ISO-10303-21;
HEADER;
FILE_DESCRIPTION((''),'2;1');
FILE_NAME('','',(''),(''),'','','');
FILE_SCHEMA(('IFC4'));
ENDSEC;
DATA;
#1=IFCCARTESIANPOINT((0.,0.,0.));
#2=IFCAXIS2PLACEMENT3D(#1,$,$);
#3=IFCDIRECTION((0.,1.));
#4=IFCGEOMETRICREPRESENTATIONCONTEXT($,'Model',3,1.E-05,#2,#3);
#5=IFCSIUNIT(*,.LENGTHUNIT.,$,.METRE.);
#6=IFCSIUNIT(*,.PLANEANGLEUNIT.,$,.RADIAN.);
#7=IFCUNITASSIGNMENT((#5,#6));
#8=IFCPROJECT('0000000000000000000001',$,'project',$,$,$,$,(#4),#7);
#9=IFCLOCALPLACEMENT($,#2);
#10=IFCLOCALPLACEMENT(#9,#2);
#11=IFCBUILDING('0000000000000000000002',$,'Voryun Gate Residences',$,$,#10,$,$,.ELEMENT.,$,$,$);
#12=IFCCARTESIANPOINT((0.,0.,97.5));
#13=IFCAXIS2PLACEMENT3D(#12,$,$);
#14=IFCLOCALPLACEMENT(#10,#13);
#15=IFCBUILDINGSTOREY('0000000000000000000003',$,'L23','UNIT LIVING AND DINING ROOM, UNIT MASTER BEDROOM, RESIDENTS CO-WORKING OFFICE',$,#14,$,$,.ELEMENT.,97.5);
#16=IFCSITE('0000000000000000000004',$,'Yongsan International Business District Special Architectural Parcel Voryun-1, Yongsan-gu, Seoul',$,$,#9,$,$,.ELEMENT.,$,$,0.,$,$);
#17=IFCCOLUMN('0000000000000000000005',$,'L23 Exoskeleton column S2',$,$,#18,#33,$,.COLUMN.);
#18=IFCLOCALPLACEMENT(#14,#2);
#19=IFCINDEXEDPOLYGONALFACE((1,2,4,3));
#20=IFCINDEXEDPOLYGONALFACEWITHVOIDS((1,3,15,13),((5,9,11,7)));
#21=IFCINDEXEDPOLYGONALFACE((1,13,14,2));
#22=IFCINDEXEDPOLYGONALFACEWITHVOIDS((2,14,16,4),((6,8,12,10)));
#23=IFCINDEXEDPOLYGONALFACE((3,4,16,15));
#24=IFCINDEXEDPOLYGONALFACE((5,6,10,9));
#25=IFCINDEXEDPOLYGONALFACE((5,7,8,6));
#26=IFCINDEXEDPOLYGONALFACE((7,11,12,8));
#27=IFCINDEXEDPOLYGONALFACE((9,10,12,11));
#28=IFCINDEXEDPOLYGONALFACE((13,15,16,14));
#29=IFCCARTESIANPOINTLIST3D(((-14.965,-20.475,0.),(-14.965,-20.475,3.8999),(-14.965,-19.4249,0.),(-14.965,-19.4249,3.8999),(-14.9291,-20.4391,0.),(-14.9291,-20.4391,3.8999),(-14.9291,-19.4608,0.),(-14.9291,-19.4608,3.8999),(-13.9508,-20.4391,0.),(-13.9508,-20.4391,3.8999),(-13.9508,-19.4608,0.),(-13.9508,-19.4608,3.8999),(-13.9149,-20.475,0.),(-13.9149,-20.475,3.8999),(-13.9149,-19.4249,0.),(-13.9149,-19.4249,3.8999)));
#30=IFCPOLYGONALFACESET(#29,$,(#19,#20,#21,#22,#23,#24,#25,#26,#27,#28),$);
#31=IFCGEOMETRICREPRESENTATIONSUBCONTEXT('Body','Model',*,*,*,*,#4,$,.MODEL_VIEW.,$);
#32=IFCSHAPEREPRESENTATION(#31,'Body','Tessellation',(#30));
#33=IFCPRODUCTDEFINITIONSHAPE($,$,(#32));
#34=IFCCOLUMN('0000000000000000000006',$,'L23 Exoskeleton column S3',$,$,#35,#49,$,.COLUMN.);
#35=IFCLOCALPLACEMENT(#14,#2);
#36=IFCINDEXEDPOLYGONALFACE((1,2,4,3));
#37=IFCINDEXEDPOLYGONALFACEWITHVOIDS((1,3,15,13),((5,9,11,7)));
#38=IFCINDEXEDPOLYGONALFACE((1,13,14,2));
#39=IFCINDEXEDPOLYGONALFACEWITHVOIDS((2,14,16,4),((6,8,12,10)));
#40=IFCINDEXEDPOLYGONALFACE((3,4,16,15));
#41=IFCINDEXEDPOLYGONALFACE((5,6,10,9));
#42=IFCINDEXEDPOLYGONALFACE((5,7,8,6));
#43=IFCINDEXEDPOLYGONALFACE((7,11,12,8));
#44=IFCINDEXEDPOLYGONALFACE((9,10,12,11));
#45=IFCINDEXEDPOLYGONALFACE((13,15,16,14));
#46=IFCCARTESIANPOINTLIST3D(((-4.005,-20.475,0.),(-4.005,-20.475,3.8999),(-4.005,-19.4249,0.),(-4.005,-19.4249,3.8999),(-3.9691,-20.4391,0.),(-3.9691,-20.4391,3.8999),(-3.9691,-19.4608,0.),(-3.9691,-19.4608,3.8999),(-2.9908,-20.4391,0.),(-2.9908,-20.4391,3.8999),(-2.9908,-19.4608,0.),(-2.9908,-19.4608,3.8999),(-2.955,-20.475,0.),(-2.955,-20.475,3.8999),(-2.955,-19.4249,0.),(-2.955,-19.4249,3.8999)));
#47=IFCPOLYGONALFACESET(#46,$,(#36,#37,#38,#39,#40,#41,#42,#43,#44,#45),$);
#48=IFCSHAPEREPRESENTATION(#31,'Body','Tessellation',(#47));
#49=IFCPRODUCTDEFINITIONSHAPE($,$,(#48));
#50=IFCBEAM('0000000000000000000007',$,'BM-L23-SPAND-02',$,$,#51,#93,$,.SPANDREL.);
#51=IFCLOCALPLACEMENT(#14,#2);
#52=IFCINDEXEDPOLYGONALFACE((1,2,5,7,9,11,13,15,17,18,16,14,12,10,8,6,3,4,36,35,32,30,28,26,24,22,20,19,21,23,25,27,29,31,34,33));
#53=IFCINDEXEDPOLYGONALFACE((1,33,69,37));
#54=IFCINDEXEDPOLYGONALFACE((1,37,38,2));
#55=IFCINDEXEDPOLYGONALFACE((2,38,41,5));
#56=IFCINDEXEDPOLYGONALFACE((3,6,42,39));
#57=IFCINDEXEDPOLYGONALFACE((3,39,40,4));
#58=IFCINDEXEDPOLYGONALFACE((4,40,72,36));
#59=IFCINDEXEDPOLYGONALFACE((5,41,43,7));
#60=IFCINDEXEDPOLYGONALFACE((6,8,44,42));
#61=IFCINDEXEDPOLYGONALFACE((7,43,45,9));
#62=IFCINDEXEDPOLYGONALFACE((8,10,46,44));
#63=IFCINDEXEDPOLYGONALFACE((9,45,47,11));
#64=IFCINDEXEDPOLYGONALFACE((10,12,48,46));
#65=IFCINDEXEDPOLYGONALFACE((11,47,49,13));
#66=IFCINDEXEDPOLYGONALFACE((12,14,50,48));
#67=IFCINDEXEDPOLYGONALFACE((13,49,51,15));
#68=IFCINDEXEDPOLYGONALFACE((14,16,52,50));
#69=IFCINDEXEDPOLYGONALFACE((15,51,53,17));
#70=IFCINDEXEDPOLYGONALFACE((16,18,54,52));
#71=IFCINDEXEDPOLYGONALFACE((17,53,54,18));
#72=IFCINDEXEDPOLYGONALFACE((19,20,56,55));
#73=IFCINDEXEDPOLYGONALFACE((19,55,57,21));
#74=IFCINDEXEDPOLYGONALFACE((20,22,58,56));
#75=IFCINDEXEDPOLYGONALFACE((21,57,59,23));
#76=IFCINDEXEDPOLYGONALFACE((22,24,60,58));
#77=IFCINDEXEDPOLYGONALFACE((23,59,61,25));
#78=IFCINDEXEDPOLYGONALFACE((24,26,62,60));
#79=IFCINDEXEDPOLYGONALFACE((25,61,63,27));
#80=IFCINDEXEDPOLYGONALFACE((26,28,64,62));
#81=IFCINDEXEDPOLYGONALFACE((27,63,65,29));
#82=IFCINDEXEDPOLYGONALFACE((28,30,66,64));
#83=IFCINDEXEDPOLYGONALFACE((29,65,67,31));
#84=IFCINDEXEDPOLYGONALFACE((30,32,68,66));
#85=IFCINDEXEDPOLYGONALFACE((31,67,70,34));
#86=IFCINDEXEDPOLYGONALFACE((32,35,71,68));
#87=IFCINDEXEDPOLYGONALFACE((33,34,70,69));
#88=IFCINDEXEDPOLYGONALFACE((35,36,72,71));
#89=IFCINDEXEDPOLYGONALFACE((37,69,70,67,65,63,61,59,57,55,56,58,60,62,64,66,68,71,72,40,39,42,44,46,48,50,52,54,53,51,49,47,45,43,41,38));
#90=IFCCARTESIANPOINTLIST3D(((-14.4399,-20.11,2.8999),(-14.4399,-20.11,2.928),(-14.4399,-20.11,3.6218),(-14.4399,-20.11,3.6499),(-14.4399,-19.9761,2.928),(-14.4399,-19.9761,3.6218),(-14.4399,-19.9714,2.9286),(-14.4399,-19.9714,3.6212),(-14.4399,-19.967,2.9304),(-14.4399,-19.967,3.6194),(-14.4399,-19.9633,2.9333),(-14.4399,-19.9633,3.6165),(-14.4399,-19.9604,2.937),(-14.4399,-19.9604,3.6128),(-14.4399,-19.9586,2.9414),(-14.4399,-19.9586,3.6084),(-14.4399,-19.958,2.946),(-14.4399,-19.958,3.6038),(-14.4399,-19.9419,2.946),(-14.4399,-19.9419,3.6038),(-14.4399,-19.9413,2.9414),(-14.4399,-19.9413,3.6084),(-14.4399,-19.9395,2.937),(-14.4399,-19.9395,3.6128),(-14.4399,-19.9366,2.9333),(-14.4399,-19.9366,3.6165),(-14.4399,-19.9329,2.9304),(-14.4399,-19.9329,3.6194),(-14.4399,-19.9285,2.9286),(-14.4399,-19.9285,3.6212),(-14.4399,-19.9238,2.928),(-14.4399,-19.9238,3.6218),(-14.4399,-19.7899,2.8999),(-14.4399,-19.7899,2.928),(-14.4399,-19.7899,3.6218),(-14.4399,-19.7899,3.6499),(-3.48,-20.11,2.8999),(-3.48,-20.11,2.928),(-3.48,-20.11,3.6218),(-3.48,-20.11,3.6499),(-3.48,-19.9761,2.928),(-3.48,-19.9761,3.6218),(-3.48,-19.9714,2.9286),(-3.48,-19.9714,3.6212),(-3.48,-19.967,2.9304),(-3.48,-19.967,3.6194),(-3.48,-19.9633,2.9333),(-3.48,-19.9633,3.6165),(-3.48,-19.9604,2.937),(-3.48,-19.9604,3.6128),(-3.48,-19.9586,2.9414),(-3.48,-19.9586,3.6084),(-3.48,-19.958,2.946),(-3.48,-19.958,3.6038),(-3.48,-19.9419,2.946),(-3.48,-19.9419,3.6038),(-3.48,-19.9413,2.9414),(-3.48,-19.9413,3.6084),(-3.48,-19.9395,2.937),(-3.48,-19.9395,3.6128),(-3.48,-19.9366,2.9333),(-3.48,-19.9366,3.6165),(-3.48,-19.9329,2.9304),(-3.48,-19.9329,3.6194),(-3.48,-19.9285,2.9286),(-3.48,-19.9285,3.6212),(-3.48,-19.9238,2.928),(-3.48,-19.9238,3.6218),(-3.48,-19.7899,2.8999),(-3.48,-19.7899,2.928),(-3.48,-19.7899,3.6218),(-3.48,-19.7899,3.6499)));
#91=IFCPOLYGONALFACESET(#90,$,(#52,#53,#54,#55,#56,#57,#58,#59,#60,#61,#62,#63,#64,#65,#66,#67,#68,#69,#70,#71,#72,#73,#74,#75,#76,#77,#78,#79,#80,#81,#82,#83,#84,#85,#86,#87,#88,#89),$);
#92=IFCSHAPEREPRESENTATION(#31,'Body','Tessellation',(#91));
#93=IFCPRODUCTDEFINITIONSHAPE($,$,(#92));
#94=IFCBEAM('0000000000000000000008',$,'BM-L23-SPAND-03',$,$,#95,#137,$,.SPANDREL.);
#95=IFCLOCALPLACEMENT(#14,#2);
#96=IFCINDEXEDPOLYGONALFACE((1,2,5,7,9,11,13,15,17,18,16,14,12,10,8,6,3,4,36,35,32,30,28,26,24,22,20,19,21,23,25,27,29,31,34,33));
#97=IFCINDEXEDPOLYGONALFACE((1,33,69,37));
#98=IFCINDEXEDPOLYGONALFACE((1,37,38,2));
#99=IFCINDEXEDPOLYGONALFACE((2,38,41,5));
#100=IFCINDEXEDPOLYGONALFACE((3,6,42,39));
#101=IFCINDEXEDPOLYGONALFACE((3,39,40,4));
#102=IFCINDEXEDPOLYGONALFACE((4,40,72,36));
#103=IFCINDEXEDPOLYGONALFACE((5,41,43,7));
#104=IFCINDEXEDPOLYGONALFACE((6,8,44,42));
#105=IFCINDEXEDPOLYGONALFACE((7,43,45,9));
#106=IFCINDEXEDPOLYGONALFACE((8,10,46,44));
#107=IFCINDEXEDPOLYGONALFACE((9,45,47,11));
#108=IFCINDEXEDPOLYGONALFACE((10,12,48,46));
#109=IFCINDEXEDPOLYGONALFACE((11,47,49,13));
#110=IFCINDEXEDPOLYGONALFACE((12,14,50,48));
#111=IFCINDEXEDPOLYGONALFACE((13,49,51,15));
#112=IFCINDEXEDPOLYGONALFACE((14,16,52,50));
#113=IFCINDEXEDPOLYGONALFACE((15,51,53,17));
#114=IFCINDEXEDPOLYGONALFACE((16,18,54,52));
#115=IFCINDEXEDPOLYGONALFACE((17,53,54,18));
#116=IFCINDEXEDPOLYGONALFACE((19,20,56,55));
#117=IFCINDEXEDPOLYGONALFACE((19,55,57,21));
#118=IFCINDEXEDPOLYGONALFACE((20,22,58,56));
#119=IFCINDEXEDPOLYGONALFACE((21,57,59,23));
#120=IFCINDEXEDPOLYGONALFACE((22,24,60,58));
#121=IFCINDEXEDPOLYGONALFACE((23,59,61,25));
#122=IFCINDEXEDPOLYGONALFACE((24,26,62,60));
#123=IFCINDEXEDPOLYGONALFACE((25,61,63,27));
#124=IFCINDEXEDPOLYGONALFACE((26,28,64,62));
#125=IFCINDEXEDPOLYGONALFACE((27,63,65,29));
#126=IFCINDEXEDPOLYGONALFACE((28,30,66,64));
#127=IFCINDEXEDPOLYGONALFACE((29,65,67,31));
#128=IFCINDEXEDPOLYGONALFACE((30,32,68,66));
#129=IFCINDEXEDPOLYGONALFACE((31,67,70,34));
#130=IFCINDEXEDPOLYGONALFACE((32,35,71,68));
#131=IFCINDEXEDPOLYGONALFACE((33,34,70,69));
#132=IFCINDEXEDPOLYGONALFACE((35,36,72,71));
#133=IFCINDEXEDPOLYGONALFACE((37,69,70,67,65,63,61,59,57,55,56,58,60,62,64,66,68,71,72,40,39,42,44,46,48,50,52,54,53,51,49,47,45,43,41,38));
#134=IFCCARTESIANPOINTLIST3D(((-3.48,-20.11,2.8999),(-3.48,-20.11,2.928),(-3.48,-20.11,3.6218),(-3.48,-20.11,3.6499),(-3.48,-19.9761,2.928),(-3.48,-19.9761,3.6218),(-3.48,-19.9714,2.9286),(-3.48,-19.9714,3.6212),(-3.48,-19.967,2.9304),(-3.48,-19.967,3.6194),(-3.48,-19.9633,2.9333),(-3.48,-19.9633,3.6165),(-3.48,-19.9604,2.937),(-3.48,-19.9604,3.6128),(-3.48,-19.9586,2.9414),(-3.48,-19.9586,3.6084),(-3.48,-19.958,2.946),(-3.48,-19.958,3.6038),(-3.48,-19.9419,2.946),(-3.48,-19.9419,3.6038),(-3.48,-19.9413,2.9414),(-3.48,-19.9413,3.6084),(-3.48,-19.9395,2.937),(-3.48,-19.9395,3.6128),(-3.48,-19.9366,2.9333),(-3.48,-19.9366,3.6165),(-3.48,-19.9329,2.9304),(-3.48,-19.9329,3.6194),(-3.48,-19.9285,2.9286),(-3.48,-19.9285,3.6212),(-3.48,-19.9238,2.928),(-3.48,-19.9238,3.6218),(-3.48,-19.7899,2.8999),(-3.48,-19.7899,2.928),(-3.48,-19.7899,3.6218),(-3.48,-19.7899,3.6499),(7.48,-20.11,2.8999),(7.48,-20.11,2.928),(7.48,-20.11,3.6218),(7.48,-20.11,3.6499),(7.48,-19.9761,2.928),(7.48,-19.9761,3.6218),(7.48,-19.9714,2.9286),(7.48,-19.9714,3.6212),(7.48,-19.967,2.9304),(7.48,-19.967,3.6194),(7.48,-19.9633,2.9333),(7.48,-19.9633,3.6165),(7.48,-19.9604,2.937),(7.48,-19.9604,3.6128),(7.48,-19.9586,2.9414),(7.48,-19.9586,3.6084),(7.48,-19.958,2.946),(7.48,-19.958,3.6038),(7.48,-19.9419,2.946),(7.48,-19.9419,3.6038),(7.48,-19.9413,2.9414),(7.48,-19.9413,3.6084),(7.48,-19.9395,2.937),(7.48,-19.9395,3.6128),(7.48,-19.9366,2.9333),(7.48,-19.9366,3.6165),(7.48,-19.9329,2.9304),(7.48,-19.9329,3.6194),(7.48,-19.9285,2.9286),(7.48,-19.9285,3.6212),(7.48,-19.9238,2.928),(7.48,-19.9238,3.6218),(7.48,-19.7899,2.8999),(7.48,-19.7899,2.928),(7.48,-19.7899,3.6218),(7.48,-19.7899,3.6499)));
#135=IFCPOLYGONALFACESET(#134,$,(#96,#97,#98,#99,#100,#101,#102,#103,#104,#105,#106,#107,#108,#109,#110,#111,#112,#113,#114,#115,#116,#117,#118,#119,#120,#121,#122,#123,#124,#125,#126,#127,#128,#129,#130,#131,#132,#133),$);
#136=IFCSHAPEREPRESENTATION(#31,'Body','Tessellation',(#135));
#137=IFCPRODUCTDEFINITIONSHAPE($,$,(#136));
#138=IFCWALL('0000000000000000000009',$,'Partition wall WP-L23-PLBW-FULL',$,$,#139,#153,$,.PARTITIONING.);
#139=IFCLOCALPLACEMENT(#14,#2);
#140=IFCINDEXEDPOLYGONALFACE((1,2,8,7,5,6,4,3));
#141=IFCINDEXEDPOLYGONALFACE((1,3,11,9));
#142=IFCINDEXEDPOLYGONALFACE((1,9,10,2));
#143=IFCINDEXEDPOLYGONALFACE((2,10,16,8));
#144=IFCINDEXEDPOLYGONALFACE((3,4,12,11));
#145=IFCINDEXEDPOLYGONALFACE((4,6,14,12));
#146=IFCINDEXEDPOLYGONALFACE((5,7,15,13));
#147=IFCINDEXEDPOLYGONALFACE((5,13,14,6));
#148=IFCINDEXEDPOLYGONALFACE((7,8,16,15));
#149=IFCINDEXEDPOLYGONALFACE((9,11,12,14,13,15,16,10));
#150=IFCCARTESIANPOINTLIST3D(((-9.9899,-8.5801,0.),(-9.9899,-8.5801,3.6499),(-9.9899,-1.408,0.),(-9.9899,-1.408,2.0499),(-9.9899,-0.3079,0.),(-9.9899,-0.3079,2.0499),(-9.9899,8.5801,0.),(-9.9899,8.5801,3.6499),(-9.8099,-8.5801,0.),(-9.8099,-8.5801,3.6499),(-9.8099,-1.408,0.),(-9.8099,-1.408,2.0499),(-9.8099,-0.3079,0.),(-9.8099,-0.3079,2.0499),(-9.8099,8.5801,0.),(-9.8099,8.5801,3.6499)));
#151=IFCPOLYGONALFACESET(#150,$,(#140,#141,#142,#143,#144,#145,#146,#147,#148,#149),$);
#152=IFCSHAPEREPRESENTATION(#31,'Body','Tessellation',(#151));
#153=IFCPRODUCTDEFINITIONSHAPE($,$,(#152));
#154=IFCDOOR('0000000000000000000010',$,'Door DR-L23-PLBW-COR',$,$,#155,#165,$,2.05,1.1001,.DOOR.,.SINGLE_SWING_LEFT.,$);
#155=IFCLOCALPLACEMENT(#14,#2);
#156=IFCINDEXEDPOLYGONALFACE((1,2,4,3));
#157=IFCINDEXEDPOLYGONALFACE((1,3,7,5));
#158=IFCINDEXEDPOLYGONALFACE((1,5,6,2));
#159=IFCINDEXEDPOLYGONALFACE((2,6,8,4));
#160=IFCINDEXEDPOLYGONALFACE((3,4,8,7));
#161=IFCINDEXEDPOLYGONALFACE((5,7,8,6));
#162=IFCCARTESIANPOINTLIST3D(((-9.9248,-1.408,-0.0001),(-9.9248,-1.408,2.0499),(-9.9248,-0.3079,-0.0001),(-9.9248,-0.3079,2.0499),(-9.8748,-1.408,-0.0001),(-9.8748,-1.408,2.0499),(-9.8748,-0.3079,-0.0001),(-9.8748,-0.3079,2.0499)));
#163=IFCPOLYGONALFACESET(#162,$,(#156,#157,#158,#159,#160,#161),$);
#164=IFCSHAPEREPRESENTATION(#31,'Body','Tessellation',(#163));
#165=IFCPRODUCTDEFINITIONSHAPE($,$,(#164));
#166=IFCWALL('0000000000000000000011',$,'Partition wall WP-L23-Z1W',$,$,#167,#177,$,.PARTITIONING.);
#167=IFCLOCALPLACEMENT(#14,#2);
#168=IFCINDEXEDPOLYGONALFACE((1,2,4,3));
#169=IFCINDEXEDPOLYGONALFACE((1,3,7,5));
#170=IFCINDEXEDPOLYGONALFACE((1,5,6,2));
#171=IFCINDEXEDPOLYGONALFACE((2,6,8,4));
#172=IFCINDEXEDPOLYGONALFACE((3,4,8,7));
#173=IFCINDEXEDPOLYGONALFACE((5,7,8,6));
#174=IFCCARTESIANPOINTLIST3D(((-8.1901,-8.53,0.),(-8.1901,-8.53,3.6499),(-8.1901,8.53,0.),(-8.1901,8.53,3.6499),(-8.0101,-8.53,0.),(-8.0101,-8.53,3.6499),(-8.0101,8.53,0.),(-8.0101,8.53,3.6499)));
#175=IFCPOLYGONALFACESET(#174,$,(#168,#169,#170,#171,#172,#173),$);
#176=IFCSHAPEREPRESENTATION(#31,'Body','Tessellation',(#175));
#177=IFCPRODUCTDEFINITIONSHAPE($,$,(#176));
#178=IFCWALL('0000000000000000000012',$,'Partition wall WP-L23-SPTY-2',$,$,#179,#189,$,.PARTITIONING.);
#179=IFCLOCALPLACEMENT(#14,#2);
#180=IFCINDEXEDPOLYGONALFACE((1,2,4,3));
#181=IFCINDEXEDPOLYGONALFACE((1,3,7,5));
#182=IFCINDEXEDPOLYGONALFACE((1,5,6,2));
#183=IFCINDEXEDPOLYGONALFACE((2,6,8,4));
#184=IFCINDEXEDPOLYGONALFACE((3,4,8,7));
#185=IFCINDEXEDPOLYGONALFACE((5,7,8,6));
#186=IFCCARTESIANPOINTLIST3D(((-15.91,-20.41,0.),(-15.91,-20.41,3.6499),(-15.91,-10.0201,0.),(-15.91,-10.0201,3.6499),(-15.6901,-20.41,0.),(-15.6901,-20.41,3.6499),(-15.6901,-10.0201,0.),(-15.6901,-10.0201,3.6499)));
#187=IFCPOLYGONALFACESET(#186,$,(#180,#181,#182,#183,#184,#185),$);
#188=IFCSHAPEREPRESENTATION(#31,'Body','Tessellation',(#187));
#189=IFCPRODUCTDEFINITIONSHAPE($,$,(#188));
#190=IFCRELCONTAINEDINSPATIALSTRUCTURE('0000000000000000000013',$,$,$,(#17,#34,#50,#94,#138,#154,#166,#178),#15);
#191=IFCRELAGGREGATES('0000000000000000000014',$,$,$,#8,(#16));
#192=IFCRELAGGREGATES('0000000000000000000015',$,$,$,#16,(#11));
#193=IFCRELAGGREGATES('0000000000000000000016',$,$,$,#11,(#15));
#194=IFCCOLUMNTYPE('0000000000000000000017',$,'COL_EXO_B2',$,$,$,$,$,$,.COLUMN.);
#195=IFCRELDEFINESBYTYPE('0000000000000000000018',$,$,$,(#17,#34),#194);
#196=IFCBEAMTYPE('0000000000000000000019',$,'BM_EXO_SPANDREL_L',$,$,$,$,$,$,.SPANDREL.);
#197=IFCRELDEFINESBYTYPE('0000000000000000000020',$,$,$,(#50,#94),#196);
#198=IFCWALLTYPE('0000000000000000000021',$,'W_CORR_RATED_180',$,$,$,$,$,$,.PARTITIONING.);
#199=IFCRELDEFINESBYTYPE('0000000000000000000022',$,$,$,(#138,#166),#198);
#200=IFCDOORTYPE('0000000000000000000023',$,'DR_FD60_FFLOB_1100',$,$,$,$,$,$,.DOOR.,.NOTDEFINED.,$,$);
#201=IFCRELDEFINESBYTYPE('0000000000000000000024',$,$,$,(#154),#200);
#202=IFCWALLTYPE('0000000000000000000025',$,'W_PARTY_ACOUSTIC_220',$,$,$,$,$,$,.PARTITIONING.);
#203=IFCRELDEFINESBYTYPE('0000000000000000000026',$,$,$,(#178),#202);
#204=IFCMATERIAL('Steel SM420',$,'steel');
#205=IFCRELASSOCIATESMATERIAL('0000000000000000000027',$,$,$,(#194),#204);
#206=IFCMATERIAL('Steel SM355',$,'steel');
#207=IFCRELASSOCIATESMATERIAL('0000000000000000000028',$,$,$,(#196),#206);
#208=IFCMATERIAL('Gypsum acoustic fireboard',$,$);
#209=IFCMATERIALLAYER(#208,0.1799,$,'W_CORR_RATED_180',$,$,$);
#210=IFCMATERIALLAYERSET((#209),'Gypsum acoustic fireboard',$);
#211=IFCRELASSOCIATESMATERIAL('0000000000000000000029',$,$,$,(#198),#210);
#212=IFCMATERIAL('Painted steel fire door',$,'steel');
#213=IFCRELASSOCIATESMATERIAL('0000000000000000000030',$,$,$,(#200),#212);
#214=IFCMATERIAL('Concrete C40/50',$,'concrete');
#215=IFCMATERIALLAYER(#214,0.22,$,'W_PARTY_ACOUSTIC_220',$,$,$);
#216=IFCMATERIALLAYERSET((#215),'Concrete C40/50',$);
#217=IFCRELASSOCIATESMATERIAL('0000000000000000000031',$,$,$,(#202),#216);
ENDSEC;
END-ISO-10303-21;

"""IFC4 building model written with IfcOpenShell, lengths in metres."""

from ifc_helpers import new_model, si_unit, direction, frame, frame_2d, origin, origin_2d, place, context, subcontext, project, spatial, rectangle, hollow_rectangle, i_section, extrude, material, layer, layer_set, material_profile, profile_set, type_object, element, fill, save


model = new_model("IFC4")

# Units and contexts
model_context = context("Model", 3, precision=1e-05, world=origin(), true_north=direction((0.0, 1.0)))
body_context = subcontext(model_context, "Body", "Model", "MODEL_VIEW")
ifc_project = project(units=[si_unit("LENGTHUNIT", "METRE"), si_unit("PLANEANGLEUNIT", "RADIAN")], contexts=[model_context])

# Site, building, storey
site_placement = place(None, origin())
site = spatial("IfcSite", under=ifc_project, at=site_placement, Name="Yongsan International Business District Special Architectural Parcel Voryun-1, Yongsan-gu, Seoul", CompositionType="ELEMENT", RefElevation=0.0)
building_placement = place(site_placement, origin())
building = spatial("IfcBuilding", under=site, at=building_placement, Name="Voryun Gate Residences", CompositionType="ELEMENT")
storey_placement = place(building_placement, frame((0.0, 0.0, 97.5)))
storey = spatial("IfcBuildingStorey", under=building, at=storey_placement, Name="L23", Description="UNIT LIVING AND DINING ROOM, UNIT MASTER BEDROOM, RESIDENTS CO-WORKING OFFICE", CompositionType="ELEMENT", Elevation=97.5)

# Columns
ifc_material_1 = material(Name="Steel SM420", Category="steel")
ifc_material_profile_1 = material_profile(ifc_material_1, hollow_rectangle(XDim=1.05, YDim=1.05, WallThickness=0.0359, at=origin_2d()), Name="BOX-1050x1050x36")
ifc_profile_set_1 = profile_set([ifc_material_profile_1], Name="Steel SM420")
column_type = type_object("IfcColumnType", Name="COL_EXO_B2", PredefinedType="COLUMN", material=ifc_profile_set_1)
for number, where, z_axis, x_axis, name in (
    (1, (-14.4399, -19.95, 0.0), (0.0, 0.0, 1.0), (1.0, 0.0, 0.0), "L23 Exoskeleton column S2"),
    (2, (-3.48, -19.95, 0.0), (0.0, 0.0, 1.0), (1.0, 0.0, 0.0), "L23 Exoskeleton column S3"),
):
    element("IfcColumn", number, at=place(storey_placement, frame(where, z_axis=z_axis, x_axis=x_axis)), inside=storey, type_object=column_type, Name=name, PredefinedType="COLUMN", context=body_context, shape_type="SweptSolid", body=[
        extrude(hollow_rectangle(XDim=1.05, YDim=1.05, WallThickness=0.0359, at=origin_2d()), origin(), (0.0, 0.0, 1.0), 3.8999),
    ])

# Beams
ifc_material_2 = material(Name="Steel SM355", Category="steel")
ifc_material_profile_2 = material_profile(ifc_material_2, i_section(OverallWidth=0.3201, OverallDepth=0.75, WebThickness=0.0161, FlangeThickness=0.0281, FilletRadius=0.0181, at=origin_2d()), Name="H-750x320x16x28")
ifc_profile_set_2 = profile_set([ifc_material_profile_2], Name="Steel SM355")
beam_type = type_object("IfcBeamType", Name="BM_EXO_SPANDREL_L", PredefinedType="SPANDREL", material=ifc_profile_set_2)
for number, where, z_axis, x_axis, name in (
    (3, (-14.4399, -19.95, 3.2749), (1.0, 0.0, 0.0), (0.0, 1.0, 0.0), "BM-L23-SPAND-02"),
    (4, (-3.48, -19.95, 3.2749), (1.0, 0.0, 0.0), (0.0, 1.0, 0.0), "BM-L23-SPAND-03"),
):
    element("IfcBeam", number, at=place(storey_placement, frame(where, z_axis=z_axis, x_axis=x_axis)), inside=storey, type_object=beam_type, Name=name, PredefinedType="SPANDREL", context=body_context, shape_type="SweptSolid", body=[
        extrude(i_section(OverallWidth=0.3201, OverallDepth=0.75, WebThickness=0.0161, FlangeThickness=0.0281, FilletRadius=0.0181, at=origin_2d()), origin(), (0.0, 0.0, 1.0), 10.96),
    ])

# Wall, opening, door
ifc_material_3 = material(Name="Gypsum acoustic fireboard")
ifc_layer_1 = layer(ifc_material_3, 0.1799, Name="W_CORR_RATED_180")
ifc_layer_set_1 = layer_set([ifc_layer_1], Name="Gypsum acoustic fireboard")
wall_type_1 = type_object("IfcWallType", Name="W_CORR_RATED_180", PredefinedType="PARTITIONING", material=ifc_layer_set_1)
wall_1_placement = place(storey_placement, frame((-9.8999, -8.5801, 0.0), z_axis=(0.0, 0.0, 1.0), x_axis=(0.0, 1.0, 0.0)))
wall_1 = element("IfcWall", 5, at=wall_1_placement, inside=storey, type_object=wall_type_1, Name="Partition wall WP-L23-PLBW-FULL", PredefinedType="PARTITIONING", context=body_context, shape_type="SweptSolid", body=[
    extrude(rectangle(XDim=17.1602, YDim=0.1799, at=frame_2d((8.5801, 0.0))), origin(), (0.0, 0.0, 1.0), 3.6499),
])
opening_1_placement = place(wall_1_placement, frame((7.1721, 0.0, 0.0)))
opening_1 = element("IfcOpeningElement", 6, at=opening_1_placement, cuts=wall_1, PredefinedType="OPENING", context=body_context, shape_type="SweptSolid", body=[
    extrude(rectangle(XDim=1.1001, YDim=2.05, at=frame_2d((0.55, 1.0249))), frame((0.0, 0.0999, 0.0), z_axis=(0.0, -1.0, 0.0), x_axis=(1.0, 0.0, 0.0)), (0.0, 0.0, 1.0), 0.2),
])
ifc_material_4 = material(Name="Painted steel fire door", Category="steel")
door_type_1 = type_object("IfcDoorType", Name="DR_FD60_FFLOB_1100", OperationType="NOTDEFINED", PredefinedType="DOOR", material=ifc_material_4)
door_1_placement = place(opening_1_placement, origin())
door_1 = element("IfcDoor", 7, at=door_1_placement, inside=storey, type_object=door_type_1, Name="Door DR-L23-PLBW-COR", OperationType="SINGLE_SWING_LEFT", OverallHeight=2.05, OverallWidth=1.1001, PredefinedType="DOOR", context=body_context, shape_type="SweptSolid", body=[
    extrude(rectangle(XDim=1.1001, YDim=2.05, at=frame_2d((0.55, 1.0249))), frame((0.0, 0.0249, 0.0), z_axis=(0.0, -1.0, 0.0), x_axis=(1.0, 0.0, 0.0)), (0.0, 0.0, 1.0), 0.05),
])
fill(opening_1, door_1)

# Walls
wall_2_placement = place(storey_placement, frame((-8.1001, -8.53, 0.0), z_axis=(0.0, 0.0, 1.0), x_axis=(0.0, 1.0, 0.0)))
element("IfcWall", 8, at=wall_2_placement, inside=storey, type_object=wall_type_1, Name="Partition wall WP-L23-Z1W", PredefinedType="PARTITIONING", context=body_context, shape_type="SweptSolid", body=[
    extrude(rectangle(XDim=17.0601, YDim=0.1799, at=frame_2d((8.53, 0.0))), origin(), (0.0, 0.0, 1.0), 3.6499),
])
ifc_material_5 = material(Name="Concrete C40/50", Category="concrete")
ifc_layer_2 = layer(ifc_material_5, 0.22, Name="W_PARTY_ACOUSTIC_220")
ifc_layer_set_2 = layer_set([ifc_layer_2], Name="Concrete C40/50")
wall_type_2 = type_object("IfcWallType", Name="W_PARTY_ACOUSTIC_220", PredefinedType="PARTITIONING", material=ifc_layer_set_2)
for number, where, z_axis, x_axis, name in (
    (9, (-15.8, -20.4099, 0.0), (0.0, 0.0, 1.0), (0.0, 1.0, 0.0), "Partition wall WP-L23-SPTY-2"),
):
    element("IfcWall", number, at=place(storey_placement, frame(where, z_axis=z_axis, x_axis=x_axis)), inside=storey, type_object=wall_type_2, Name=name, PredefinedType="PARTITIONING", context=body_context, shape_type="SweptSolid", body=[
        extrude(rectangle(XDim=10.3899, YDim=0.22, at=frame_2d((5.1948, 0.0))), origin(), (0.0, 0.0, 1.0), 3.6499),
    ])

save(model, "model.ifc")
